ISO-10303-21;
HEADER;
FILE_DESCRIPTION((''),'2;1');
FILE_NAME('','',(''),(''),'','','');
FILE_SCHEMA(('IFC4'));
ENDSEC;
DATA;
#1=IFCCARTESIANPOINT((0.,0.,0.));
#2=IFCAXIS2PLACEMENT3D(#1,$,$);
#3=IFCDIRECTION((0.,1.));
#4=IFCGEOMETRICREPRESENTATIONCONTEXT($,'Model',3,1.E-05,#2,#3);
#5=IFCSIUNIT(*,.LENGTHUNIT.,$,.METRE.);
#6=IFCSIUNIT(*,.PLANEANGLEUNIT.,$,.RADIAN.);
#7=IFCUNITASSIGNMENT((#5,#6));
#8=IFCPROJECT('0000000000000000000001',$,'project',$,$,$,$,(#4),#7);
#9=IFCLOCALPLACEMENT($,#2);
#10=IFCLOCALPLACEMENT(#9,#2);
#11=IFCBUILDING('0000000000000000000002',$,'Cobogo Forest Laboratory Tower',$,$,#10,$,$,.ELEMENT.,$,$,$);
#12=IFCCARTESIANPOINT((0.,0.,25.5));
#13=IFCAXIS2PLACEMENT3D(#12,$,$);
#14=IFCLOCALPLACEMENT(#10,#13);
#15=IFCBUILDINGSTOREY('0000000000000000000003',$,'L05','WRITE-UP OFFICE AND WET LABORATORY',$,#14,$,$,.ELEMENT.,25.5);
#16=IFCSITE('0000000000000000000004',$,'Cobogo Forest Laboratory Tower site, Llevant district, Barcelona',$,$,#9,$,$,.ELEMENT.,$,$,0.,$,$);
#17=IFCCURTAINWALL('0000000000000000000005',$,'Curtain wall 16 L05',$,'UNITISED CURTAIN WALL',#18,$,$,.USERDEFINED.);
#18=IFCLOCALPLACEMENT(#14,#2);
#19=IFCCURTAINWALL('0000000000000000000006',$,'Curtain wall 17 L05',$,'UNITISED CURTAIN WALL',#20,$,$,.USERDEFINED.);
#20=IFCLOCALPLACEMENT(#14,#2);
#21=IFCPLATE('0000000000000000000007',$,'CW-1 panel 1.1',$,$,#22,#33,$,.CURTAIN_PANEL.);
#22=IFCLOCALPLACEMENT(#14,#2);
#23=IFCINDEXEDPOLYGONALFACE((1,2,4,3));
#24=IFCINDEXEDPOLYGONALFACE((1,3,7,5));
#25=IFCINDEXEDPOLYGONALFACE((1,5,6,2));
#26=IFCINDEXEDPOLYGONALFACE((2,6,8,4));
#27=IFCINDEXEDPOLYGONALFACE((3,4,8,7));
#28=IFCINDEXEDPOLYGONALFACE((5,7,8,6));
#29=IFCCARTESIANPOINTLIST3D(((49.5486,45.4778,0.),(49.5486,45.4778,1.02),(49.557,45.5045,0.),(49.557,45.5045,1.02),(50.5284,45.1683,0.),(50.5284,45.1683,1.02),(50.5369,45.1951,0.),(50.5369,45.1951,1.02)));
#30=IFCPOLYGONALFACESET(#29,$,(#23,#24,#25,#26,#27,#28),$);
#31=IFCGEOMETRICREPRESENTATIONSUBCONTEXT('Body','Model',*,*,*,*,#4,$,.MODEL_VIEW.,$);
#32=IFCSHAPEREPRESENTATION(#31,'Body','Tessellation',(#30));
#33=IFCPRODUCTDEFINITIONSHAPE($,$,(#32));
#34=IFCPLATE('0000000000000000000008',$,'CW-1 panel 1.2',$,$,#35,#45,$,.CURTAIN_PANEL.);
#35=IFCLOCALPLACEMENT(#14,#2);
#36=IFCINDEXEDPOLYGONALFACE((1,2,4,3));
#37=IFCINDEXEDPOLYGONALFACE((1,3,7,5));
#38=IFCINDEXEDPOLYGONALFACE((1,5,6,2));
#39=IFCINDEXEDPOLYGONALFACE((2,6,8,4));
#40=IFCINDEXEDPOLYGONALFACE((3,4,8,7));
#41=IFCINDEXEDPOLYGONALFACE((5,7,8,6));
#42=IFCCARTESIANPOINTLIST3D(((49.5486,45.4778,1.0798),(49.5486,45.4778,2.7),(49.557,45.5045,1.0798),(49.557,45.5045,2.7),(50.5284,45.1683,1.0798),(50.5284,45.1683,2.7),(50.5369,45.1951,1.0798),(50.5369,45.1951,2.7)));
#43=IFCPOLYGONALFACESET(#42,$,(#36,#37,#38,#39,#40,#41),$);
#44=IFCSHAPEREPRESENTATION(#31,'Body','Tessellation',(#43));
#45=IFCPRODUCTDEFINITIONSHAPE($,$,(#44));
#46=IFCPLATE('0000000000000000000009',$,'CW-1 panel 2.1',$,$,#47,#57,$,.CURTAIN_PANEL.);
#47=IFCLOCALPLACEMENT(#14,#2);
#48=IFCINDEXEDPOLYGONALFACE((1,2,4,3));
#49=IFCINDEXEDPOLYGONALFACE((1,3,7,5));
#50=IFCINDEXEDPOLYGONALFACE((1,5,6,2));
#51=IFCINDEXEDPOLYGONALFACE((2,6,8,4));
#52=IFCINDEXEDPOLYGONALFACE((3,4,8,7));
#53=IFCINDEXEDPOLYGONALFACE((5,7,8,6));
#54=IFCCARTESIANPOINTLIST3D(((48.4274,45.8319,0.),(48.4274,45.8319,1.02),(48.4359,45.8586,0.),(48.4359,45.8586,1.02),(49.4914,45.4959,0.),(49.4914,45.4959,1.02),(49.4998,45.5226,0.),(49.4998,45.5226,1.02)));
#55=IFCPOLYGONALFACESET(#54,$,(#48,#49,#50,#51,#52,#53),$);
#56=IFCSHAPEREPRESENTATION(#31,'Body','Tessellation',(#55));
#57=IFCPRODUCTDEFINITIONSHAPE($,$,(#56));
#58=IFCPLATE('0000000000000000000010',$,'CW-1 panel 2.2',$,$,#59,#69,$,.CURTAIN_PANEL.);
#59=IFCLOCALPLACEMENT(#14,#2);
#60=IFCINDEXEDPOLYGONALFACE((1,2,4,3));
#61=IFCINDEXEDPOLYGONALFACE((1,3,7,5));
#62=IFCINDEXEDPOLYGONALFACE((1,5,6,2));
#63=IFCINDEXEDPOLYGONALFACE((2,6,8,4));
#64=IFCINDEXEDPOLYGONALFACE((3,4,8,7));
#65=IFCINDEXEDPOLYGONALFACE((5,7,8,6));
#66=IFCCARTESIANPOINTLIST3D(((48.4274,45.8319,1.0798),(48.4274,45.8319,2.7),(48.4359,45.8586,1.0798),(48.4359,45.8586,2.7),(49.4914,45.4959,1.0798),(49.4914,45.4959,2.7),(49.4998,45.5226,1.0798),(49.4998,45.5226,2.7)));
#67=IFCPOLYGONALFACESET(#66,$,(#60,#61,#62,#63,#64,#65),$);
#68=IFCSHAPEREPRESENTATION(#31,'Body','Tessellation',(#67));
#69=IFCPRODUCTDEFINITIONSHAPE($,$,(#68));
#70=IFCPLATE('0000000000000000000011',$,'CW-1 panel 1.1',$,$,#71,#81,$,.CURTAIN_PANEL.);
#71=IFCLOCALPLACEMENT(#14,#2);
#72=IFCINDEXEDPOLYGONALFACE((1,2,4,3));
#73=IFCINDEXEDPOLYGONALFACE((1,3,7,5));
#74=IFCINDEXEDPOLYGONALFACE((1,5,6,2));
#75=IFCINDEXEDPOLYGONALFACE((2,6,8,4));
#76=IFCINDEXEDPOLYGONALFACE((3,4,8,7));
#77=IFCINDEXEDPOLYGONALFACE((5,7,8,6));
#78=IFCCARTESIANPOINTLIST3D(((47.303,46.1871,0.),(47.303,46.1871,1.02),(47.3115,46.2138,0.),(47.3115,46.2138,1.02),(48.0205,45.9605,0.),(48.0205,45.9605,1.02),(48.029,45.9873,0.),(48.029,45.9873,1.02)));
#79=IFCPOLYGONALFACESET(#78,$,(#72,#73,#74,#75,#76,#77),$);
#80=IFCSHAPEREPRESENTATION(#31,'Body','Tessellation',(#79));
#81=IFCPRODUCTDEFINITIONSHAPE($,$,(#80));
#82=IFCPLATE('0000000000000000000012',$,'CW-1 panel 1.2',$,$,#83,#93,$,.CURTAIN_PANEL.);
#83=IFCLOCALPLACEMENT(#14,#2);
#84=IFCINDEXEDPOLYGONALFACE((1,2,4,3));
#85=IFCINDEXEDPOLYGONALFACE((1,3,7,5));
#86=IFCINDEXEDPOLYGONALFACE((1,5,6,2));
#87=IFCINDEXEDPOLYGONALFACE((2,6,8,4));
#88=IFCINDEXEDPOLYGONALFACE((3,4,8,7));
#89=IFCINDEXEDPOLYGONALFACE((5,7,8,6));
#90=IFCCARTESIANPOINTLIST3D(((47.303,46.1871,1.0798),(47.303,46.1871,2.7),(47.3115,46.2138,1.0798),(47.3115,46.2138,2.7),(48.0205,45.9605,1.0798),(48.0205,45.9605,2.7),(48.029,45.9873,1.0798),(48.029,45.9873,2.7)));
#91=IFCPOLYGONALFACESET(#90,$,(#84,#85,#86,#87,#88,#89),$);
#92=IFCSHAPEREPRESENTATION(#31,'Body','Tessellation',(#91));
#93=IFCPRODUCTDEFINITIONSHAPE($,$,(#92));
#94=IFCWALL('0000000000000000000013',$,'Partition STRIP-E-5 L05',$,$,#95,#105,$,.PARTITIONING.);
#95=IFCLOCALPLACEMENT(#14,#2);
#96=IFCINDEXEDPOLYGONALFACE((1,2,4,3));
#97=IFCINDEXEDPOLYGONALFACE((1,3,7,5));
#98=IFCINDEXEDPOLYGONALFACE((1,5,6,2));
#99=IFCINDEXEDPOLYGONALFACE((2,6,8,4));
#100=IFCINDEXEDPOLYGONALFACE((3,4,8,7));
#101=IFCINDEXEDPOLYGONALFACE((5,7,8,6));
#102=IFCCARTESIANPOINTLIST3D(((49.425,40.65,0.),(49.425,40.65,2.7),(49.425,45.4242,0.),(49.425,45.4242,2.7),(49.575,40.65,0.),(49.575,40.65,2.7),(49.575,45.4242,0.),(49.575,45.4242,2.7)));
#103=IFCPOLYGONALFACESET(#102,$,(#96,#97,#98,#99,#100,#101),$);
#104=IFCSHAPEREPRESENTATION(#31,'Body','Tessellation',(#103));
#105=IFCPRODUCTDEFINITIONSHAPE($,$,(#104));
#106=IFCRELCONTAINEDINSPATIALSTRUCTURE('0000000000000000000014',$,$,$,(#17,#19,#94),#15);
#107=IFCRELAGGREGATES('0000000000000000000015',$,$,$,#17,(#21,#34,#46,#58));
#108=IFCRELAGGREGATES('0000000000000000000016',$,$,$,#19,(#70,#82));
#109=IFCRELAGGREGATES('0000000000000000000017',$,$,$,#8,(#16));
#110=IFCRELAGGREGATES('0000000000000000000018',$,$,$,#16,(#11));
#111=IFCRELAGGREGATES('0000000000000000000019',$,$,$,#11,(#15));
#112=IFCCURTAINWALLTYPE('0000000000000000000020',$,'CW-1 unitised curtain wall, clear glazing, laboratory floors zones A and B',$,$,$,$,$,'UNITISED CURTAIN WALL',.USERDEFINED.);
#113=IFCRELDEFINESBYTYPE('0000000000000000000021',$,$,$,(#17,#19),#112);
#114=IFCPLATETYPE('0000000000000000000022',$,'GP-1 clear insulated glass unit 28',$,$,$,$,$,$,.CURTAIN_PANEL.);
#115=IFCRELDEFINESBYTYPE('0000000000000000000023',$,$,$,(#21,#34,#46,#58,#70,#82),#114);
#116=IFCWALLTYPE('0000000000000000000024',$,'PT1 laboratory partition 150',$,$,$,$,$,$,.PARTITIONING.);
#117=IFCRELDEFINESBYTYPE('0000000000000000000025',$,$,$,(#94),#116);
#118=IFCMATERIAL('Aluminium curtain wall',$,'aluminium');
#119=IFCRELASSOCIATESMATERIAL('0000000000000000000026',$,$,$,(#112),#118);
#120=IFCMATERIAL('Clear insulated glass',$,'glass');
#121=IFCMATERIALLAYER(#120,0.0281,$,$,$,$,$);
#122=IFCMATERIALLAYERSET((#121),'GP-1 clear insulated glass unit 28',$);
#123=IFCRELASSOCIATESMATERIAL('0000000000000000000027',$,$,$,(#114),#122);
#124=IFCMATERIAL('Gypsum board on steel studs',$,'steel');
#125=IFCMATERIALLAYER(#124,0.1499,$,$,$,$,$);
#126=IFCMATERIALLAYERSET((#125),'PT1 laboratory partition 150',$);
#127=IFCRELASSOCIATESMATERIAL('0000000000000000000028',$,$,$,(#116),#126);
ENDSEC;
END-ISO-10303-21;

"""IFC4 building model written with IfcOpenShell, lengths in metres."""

from ifc_helpers import new_model, si_unit, direction, frame, frame_2d, origin, origin_2d, place, context, subcontext, project, spatial, rectangle, extrude, material, layer, layer_set, type_object, element, aggregate, save


model = new_model("IFC4")

# Units and contexts
model_context = context("Model", 3, precision=1e-05, world=origin(), true_north=direction((0.0, 1.0)))
body_context = subcontext(model_context, "Body", "Model", "MODEL_VIEW")
ifc_project = project(units=[si_unit("LENGTHUNIT", "METRE"), si_unit("PLANEANGLEUNIT", "RADIAN")], contexts=[model_context])

# Site, building, storey
site_placement = place(None, origin())
site = spatial("IfcSite", under=ifc_project, at=site_placement, Name="Cobogo Forest Laboratory Tower site, Llevant district, Barcelona", CompositionType="ELEMENT", RefElevation=0.0)
building_placement = place(site_placement, origin())
building = spatial("IfcBuilding", under=site, at=building_placement, Name="Cobogo Forest Laboratory Tower", CompositionType="ELEMENT")
storey_placement = place(building_placement, frame((0.0, 0.0, 25.5)))
storey = spatial("IfcBuildingStorey", under=building, at=storey_placement, Name="L05", Description="WRITE-UP OFFICE AND WET LABORATORY", CompositionType="ELEMENT", Elevation=25.5)

# Curtain walls
ifc_material_1 = material(Name="Aluminium curtain wall", Category="aluminium")
curtain_wall_type = type_object("IfcCurtainWallType", Name="CW-1 unitised curtain wall, clear glazing, laboratory floors zones A and B", ElementType="UNITISED CURTAIN WALL", PredefinedType="USERDEFINED", material=ifc_material_1)
curtain_wall_1_placement = place(storey_placement, origin())
curtain_wall_1 = element("IfcCurtainWall", 1, at=curtain_wall_1_placement, inside=storey, type_object=curtain_wall_type, Name="Curtain wall 16 L05", ObjectType="UNITISED CURTAIN WALL", PredefinedType="USERDEFINED")
curtain_wall_2_placement = place(storey_placement, origin())
curtain_wall_2 = element("IfcCurtainWall", 2, at=curtain_wall_2_placement, inside=storey, type_object=curtain_wall_type, Name="Curtain wall 17 L05", ObjectType="UNITISED CURTAIN WALL", PredefinedType="USERDEFINED")

# Plates
ifc_material_2 = material(Name="Clear insulated glass", Category="glass")
ifc_layer_1 = layer(ifc_material_2, 0.0281)
ifc_layer_set_1 = layer_set([ifc_layer_1], Name="GP-1 clear insulated glass unit 28")
plate_type = type_object("IfcPlateType", Name="GP-1 clear insulated glass unit 28", PredefinedType="CURTAIN_PANEL", material=ifc_layer_set_1)
plate_1_placement = place(storey_placement, frame((50.0427, 45.3364, 0.0), z_axis=(0.0, 0.0, 1.0), x_axis=(-0.953581, 0.301135, 0.0)))
plate_1 = element("IfcPlate", 3, at=plate_1_placement, type_object=plate_type, Name="CW-1 panel 1.1", PredefinedType="CURTAIN_PANEL", context=body_context, shape_type="SweptSolid", body=[
    extrude(rectangle(XDim=1.0276, YDim=0.0281, at=origin_2d()), origin(), (0.0, 0.0, 1.0), 1.02),
])
plate_2_placement = place(storey_placement, frame((50.0427, 45.3364, 1.0798), z_axis=(0.0, 0.0, 1.0), x_axis=(-0.953581, 0.301135, 0.0)))
plate_2 = element("IfcPlate", 4, at=plate_2_placement, type_object=plate_type, Name="CW-1 panel 1.2", PredefinedType="CURTAIN_PANEL", context=body_context, shape_type="SweptSolid", body=[
    extrude(rectangle(XDim=1.0276, YDim=0.0281, at=origin_2d()), origin(), (0.0, 0.0, 1.0), 1.6201),
])
plate_3_placement = place(storey_placement, frame((48.9636, 45.6772, 0.0), z_axis=(0.0, 0.0, 1.0), x_axis=(-0.953581, 0.301135, 0.0)))
plate_3 = element("IfcPlate", 5, at=plate_3_placement, type_object=plate_type, Name="CW-1 panel 2.1", PredefinedType="CURTAIN_PANEL", context=body_context, shape_type="SweptSolid", body=[
    extrude(rectangle(XDim=1.1157, YDim=0.0281, at=origin_2d()), origin(), (0.0, 0.0, 1.0), 1.02),
])
plate_4_placement = place(storey_placement, frame((48.9636, 45.6772, 1.0798), z_axis=(0.0, 0.0, 1.0), x_axis=(-0.953581, 0.301135, 0.0)))
plate_4 = element("IfcPlate", 6, at=plate_4_placement, type_object=plate_type, Name="CW-1 panel 2.2", PredefinedType="CURTAIN_PANEL", context=body_context, shape_type="SweptSolid", body=[
    extrude(rectangle(XDim=1.1157, YDim=0.0281, at=origin_2d()), origin(), (0.0, 0.0, 1.0), 1.6201),
])
aggregate(curtain_wall_1, [plate_1, plate_2, plate_3, plate_4])
plate_5_placement = place(storey_placement, frame((47.666, 46.0872, 0.0), z_axis=(0.0, 0.0, 1.0), x_axis=(-0.953582, 0.301135, 0.0)))
plate_5 = element("IfcPlate", 7, at=plate_5_placement, type_object=plate_type, Name="CW-1 panel 1.1", PredefinedType="CURTAIN_PANEL", context=body_context, shape_type="SweptSolid", body=[
    extrude(rectangle(XDim=0.7524, YDim=0.0281, at=origin_2d()), origin(), (0.0, 0.0, 1.0), 1.02),
])
plate_6_placement = place(storey_placement, frame((47.666, 46.0872, 1.0798), z_axis=(0.0, 0.0, 1.0), x_axis=(-0.953582, 0.301135, 0.0)))
plate_6 = element("IfcPlate", 8, at=plate_6_placement, type_object=plate_type, Name="CW-1 panel 1.2", PredefinedType="CURTAIN_PANEL", context=body_context, shape_type="SweptSolid", body=[
    extrude(rectangle(XDim=0.7524, YDim=0.0281, at=origin_2d()), origin(), (0.0, 0.0, 1.0), 1.6201),
])
aggregate(curtain_wall_2, [plate_5, plate_6])

# Wall
ifc_material_3 = material(Name="Gypsum board on steel studs", Category="steel")
ifc_layer_2 = layer(ifc_material_3, 0.1499)
ifc_layer_set_2 = layer_set([ifc_layer_2], Name="PT1 laboratory partition 150")
wall_type = type_object("IfcWallType", Name="PT1 laboratory partition 150", PredefinedType="PARTITIONING", material=ifc_layer_set_2)
wall_placement = place(storey_placement, frame((49.5, 40.6499, 0.0), z_axis=(0.0, 0.0, 1.0), x_axis=(0.0, 1.0, 0.0)))
element("IfcWall", 9, at=wall_placement, inside=storey, type_object=wall_type, Name="Partition STRIP-E-5 L05", PredefinedType="PARTITIONING", context=body_context, shape_type="SweptSolid", body=[
    extrude(rectangle(XDim=4.7742, YDim=0.1499, at=frame_2d((2.3872, 0.0))), origin(), (0.0, 0.0, 1.0), 2.7),
])

save(model, "model.ifc")
